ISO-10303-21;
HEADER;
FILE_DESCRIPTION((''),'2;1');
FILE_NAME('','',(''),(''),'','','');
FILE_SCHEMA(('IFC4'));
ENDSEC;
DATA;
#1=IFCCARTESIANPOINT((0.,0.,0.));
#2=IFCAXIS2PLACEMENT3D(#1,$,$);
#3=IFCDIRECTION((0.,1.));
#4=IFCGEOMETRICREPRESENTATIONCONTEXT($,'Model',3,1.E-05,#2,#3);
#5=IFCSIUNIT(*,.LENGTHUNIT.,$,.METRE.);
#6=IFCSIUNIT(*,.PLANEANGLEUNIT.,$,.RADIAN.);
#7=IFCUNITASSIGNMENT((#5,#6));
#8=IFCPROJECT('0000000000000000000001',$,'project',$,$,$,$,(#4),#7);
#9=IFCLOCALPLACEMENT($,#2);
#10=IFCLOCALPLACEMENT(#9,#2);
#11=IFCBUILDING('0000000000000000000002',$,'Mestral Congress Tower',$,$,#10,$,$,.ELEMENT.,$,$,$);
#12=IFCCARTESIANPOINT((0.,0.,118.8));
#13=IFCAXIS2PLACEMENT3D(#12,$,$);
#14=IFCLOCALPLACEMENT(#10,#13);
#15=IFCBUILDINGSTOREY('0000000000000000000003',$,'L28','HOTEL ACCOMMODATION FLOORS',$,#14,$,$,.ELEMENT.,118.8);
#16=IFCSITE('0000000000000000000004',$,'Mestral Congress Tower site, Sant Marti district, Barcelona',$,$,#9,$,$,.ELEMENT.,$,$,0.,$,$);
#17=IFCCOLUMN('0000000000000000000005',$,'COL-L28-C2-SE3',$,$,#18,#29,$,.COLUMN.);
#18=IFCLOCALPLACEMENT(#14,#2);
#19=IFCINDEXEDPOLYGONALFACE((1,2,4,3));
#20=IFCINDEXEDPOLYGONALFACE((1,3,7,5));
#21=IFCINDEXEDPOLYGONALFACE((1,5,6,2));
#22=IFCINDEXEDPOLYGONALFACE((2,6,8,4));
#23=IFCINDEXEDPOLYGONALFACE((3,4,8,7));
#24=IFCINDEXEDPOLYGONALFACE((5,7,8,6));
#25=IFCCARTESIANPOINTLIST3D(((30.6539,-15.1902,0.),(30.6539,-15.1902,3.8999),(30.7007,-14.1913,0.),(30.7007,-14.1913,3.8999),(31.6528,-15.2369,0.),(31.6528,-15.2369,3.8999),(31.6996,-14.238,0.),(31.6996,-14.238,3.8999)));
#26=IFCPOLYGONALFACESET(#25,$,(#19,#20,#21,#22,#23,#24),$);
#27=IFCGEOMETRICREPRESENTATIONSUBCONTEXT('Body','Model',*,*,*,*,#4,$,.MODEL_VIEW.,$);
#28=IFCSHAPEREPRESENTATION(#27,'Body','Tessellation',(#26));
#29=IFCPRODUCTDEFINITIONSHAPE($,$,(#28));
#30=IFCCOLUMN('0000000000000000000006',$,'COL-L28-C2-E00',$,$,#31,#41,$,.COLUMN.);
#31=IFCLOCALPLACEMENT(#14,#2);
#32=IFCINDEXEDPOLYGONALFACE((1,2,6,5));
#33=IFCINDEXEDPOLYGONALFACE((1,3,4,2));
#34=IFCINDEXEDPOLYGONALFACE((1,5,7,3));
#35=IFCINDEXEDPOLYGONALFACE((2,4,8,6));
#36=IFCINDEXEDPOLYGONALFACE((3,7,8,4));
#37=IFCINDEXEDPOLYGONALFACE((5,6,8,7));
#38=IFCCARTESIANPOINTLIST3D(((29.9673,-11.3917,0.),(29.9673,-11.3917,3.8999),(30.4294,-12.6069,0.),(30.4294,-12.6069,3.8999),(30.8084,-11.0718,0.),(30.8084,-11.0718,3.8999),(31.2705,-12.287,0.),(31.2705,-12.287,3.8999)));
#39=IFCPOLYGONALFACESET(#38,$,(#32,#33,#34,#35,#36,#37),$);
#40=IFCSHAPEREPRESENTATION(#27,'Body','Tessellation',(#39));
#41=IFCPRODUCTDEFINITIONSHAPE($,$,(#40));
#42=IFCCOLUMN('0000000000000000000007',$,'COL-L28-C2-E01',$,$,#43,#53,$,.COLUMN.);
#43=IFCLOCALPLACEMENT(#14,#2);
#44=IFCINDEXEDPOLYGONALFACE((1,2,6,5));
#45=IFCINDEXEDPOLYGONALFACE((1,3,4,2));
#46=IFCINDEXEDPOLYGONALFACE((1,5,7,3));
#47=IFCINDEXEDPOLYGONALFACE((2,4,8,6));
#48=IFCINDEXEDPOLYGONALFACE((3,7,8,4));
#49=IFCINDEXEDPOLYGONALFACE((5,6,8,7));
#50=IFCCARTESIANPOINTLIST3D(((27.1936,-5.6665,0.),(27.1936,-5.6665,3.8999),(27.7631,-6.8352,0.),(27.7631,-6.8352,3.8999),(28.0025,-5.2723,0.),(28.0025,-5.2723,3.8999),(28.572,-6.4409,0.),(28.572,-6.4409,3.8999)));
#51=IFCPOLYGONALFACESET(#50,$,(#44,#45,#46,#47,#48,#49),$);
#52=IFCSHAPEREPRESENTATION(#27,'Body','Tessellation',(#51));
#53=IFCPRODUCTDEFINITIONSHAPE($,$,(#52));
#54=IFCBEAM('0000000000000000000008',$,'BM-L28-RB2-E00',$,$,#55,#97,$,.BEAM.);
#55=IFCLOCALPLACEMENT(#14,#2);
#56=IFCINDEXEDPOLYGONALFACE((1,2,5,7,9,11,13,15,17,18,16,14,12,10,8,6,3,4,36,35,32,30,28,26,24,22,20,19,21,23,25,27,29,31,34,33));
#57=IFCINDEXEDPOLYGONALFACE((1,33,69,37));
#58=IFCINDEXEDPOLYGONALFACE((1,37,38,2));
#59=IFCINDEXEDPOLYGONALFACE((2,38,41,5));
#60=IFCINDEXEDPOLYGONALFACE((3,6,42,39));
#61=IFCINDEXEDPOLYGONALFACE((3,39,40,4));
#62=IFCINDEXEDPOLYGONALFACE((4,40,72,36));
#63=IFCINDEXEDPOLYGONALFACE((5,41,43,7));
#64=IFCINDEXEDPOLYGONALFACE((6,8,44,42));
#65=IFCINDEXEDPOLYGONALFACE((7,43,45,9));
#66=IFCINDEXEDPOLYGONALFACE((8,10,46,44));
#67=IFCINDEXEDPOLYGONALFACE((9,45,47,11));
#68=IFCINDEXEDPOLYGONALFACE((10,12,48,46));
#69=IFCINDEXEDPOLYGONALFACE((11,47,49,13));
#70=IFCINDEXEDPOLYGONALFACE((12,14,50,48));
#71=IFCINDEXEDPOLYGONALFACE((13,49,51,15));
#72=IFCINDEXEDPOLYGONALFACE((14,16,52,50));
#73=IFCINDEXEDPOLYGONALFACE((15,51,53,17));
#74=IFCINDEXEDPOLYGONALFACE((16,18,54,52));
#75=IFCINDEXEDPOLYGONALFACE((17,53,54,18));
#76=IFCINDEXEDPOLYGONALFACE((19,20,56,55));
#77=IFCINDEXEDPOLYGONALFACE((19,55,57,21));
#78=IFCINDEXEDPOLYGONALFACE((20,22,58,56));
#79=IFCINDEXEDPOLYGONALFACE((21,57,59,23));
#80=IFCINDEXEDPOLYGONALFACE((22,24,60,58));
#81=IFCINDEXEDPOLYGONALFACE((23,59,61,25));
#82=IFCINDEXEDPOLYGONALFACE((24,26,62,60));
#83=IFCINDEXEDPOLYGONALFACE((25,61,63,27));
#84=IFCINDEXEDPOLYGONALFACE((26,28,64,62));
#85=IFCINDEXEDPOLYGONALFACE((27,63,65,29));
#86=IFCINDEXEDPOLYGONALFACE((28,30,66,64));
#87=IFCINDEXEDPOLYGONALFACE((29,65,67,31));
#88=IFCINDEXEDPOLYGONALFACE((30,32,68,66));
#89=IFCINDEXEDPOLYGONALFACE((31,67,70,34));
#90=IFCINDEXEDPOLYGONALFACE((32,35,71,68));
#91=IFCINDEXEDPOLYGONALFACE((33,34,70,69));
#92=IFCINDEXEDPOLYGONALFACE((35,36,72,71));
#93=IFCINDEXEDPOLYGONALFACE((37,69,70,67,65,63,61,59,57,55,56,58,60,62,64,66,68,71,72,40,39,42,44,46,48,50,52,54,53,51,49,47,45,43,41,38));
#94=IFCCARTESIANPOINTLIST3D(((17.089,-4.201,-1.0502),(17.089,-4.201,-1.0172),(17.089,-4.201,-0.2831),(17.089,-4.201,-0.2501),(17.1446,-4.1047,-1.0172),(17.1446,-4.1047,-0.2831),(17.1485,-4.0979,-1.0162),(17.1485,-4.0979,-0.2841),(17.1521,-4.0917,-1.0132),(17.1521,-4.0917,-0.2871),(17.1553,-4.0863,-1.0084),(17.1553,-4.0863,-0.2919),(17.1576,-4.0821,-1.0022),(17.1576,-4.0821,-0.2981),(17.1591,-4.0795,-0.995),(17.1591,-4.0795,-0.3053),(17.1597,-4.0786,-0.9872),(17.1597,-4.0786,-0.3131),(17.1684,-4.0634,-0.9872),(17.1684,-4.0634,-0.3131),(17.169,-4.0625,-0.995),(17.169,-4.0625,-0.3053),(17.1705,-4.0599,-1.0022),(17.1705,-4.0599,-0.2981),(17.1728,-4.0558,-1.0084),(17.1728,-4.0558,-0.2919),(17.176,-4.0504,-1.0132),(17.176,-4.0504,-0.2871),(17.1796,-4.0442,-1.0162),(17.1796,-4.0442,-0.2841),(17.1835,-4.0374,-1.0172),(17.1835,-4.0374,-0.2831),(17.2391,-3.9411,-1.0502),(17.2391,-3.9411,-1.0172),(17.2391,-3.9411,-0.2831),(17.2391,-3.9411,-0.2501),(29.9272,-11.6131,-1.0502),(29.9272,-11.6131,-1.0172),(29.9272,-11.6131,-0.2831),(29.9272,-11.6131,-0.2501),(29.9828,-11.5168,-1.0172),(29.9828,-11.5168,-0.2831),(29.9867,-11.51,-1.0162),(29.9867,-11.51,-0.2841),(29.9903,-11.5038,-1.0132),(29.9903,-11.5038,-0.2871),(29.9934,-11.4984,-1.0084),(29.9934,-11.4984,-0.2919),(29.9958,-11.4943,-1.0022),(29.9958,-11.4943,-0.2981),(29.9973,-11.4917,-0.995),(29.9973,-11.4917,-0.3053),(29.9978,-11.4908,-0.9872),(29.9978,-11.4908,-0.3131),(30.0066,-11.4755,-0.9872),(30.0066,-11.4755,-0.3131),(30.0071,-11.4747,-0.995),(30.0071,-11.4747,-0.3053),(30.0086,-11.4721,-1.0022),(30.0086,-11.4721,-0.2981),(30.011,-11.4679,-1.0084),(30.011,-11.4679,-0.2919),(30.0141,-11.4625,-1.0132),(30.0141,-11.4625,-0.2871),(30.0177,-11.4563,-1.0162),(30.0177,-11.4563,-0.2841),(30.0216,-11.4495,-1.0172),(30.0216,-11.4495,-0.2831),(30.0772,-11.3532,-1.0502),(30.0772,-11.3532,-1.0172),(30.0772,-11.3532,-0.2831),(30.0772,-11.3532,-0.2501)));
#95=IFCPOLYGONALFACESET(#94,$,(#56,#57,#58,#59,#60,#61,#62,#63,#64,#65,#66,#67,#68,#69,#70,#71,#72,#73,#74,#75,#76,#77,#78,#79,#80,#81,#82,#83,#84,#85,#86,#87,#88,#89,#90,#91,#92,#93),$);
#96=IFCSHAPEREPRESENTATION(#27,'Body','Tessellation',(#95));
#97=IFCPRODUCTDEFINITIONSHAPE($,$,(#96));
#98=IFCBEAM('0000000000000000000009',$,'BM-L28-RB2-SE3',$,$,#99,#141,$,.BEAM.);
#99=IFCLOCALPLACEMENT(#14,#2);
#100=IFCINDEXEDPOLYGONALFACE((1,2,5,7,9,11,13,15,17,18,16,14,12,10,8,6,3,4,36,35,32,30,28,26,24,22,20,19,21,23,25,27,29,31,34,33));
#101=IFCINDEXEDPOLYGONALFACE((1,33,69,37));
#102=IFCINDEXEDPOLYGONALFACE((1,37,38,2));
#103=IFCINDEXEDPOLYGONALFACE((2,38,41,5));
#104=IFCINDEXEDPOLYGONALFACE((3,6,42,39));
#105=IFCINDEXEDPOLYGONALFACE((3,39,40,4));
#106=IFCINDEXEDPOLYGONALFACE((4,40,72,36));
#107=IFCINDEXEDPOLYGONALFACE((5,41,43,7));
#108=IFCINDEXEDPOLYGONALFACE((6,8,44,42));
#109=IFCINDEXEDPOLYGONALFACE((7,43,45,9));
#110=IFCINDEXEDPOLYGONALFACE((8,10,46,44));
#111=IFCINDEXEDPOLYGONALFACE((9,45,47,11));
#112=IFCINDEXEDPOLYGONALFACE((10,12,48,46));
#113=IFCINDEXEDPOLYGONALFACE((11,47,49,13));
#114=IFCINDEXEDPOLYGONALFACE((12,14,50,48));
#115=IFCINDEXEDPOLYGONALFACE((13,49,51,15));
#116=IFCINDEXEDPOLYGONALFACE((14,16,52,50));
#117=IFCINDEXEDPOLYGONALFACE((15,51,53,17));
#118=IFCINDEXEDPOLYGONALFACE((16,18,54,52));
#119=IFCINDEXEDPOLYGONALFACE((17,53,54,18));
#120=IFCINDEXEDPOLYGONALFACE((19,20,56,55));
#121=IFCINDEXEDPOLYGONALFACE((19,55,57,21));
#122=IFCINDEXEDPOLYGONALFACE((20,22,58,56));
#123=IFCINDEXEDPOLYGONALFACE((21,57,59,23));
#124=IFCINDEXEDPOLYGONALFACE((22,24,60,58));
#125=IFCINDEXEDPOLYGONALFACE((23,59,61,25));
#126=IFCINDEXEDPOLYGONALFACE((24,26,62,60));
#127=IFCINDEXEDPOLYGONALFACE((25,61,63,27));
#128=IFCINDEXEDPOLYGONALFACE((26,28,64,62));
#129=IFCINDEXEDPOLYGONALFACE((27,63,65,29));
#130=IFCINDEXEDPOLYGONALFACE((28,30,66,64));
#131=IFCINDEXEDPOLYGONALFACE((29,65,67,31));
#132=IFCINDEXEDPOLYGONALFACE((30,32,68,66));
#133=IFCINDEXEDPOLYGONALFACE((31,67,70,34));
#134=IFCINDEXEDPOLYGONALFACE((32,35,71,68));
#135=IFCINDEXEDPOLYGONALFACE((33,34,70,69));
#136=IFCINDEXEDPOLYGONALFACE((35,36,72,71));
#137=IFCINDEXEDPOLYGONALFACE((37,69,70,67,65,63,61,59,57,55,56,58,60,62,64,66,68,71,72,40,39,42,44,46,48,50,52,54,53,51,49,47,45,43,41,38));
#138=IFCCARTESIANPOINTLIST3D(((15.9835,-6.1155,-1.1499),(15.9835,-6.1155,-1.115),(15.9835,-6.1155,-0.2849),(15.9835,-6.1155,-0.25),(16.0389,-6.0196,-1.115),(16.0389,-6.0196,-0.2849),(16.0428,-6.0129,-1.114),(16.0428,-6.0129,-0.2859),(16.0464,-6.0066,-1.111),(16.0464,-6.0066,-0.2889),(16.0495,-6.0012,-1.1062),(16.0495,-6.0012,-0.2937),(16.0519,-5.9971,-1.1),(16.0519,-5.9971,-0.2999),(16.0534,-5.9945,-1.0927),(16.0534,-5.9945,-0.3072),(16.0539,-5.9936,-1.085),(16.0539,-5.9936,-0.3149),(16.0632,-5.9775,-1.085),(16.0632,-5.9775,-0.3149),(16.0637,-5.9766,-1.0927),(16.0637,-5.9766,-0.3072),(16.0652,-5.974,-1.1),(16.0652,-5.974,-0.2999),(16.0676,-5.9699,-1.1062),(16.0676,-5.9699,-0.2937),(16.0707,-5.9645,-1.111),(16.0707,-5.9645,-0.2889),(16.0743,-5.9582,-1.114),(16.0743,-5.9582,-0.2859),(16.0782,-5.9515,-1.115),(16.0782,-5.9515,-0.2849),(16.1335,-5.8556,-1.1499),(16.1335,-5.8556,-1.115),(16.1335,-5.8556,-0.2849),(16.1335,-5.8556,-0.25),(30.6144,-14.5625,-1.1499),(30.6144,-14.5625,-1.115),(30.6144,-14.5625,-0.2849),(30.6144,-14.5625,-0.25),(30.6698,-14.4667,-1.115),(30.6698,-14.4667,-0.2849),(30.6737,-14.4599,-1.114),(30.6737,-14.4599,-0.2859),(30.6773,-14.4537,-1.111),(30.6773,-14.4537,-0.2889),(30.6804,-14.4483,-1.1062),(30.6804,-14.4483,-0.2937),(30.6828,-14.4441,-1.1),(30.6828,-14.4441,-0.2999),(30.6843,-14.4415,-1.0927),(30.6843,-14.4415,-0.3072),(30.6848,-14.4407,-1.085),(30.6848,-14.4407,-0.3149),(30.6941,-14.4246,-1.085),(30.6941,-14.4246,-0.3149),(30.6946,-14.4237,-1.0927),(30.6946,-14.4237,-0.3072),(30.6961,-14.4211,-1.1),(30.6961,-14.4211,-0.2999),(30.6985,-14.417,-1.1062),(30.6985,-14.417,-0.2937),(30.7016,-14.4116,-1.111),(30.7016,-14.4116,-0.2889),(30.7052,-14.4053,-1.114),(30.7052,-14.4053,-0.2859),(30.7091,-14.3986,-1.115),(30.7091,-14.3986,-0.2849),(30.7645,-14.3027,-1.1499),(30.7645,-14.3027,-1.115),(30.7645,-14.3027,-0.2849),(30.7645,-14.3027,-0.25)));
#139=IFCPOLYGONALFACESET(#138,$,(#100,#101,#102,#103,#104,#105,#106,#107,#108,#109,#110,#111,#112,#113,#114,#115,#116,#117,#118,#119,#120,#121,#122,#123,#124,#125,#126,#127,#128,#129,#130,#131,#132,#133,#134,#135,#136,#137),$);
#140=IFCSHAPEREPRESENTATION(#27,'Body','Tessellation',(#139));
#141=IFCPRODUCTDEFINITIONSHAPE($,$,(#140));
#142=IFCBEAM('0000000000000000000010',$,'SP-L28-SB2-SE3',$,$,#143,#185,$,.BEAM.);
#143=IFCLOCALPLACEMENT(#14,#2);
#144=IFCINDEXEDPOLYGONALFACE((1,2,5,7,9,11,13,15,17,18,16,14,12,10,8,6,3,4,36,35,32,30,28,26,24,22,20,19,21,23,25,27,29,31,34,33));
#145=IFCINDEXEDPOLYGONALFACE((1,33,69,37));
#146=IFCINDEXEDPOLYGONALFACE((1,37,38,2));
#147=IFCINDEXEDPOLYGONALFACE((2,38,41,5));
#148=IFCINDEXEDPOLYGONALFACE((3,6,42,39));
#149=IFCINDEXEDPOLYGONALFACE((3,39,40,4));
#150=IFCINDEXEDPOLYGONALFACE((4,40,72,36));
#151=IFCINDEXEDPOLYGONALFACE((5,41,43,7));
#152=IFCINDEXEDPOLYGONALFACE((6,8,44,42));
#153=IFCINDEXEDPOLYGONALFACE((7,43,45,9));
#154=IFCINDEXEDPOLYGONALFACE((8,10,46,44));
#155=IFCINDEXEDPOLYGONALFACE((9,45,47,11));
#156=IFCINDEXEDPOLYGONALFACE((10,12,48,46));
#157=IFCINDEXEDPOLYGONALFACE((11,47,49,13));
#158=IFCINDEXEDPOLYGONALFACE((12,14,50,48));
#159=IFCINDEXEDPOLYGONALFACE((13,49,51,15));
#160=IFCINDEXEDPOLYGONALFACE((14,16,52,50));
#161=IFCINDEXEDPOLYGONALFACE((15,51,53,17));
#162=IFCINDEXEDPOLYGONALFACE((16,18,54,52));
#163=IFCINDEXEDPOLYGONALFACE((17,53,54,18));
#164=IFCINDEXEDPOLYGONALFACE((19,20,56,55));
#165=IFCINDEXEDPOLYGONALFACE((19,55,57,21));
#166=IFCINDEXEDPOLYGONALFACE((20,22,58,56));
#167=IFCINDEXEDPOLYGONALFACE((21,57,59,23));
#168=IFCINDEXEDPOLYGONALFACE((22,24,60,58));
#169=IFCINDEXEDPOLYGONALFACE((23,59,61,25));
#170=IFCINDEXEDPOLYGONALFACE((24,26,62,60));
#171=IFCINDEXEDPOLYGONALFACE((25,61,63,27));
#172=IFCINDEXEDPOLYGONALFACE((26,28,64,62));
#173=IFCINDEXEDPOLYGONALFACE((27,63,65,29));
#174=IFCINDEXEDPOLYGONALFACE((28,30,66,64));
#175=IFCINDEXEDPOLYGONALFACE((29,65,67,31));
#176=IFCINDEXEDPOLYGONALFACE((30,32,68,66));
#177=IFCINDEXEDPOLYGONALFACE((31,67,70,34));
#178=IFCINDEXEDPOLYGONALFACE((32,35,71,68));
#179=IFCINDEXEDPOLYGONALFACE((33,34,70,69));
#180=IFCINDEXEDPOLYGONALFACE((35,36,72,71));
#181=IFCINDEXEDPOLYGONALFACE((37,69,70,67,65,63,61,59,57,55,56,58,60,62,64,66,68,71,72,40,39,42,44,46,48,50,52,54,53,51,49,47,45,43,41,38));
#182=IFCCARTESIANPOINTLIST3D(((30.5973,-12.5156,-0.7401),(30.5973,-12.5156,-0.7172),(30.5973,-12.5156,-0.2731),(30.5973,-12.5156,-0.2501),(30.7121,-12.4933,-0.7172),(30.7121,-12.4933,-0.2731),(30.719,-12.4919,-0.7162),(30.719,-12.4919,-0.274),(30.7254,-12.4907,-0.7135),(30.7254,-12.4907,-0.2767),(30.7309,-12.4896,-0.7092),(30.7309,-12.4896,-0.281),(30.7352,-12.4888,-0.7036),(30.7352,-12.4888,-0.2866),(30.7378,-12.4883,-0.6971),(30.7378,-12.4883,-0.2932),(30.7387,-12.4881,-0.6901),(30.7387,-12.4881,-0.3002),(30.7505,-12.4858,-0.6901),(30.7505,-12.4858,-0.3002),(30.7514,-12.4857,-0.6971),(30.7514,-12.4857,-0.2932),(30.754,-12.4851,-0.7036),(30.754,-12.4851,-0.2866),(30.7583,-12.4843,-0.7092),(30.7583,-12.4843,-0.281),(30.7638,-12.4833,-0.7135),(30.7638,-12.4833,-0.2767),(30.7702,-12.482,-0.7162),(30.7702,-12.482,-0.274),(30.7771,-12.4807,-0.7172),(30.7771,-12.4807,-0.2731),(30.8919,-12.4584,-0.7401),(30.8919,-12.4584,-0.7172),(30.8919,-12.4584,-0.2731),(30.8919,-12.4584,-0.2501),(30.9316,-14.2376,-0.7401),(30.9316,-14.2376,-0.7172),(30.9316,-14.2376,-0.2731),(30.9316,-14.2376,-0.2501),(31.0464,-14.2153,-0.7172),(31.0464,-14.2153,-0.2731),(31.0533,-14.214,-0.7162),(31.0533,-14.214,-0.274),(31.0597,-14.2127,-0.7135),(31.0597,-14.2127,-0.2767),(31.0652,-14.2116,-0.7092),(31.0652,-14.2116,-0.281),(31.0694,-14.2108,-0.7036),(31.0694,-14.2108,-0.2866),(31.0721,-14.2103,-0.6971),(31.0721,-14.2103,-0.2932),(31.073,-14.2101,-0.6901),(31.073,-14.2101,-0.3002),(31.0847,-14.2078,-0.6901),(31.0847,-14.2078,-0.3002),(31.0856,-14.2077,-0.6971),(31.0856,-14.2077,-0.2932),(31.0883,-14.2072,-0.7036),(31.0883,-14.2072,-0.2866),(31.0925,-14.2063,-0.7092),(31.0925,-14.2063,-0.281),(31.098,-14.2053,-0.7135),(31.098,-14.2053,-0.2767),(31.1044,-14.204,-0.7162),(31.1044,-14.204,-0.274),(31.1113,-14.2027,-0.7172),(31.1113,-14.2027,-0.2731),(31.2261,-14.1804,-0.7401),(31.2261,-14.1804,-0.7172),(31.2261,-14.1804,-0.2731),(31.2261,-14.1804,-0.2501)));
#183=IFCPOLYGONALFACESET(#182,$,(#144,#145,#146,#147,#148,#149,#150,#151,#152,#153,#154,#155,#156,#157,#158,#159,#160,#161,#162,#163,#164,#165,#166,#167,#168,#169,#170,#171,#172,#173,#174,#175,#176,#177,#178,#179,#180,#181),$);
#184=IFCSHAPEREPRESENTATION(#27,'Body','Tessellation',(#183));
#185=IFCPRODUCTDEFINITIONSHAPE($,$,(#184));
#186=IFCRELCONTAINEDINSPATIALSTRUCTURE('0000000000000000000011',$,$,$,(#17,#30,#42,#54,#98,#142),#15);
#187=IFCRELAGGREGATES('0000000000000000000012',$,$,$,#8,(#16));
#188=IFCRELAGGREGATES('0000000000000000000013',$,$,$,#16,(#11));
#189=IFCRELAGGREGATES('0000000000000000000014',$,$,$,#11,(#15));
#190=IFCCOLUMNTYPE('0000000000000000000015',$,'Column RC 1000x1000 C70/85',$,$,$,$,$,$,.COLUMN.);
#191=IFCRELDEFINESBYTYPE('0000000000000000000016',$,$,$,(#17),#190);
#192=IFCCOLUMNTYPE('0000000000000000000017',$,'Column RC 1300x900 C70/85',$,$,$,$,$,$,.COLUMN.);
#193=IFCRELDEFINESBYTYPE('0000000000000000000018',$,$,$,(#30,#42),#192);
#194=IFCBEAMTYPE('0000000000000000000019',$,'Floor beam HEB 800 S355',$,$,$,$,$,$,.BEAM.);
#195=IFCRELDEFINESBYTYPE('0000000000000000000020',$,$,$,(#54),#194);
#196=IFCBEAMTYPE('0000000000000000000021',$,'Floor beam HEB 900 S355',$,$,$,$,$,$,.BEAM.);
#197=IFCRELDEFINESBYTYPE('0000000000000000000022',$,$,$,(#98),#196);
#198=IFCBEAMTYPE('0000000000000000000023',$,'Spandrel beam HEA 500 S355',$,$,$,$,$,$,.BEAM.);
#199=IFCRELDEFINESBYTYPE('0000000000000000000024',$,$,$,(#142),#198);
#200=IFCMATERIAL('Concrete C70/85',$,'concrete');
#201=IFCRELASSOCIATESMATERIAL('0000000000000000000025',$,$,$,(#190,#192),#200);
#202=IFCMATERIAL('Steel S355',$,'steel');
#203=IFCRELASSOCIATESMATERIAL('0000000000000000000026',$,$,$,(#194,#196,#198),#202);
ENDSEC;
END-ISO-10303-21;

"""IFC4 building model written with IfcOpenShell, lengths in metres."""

from ifc_helpers import new_model, si_unit, direction, frame, origin, origin_2d, place, context, subcontext, project, spatial, rectangle, i_section, extrude, material, material_profile, profile_set, type_object, element, save


model = new_model("IFC4")

# Units and contexts
model_context = context("Model", 3, precision=1e-05, world=origin(), true_north=direction((0.0, 1.0)))
body_context = subcontext(model_context, "Body", "Model", "MODEL_VIEW")
ifc_project = project(units=[si_unit("LENGTHUNIT", "METRE"), si_unit("PLANEANGLEUNIT", "RADIAN")], contexts=[model_context])

# Site, building, storey
site_placement = place(None, origin())
site = spatial("IfcSite", under=ifc_project, at=site_placement, Name="Mestral Congress Tower site, Sant Marti district, Barcelona", CompositionType="ELEMENT", RefElevation=0.0)
building_placement = place(site_placement, origin())
building = spatial("IfcBuilding", under=site, at=building_placement, Name="Mestral Congress Tower", CompositionType="ELEMENT")
storey_placement = place(building_placement, frame((0.0, 0.0, 118.8)))
storey = spatial("IfcBuildingStorey", under=building, at=storey_placement, Name="L28", Description="HOTEL ACCOMMODATION FLOORS", CompositionType="ELEMENT", Elevation=118.8)

# Columns
ifc_material_1 = material(Name="Concrete C70/85", Category="concrete")
ifc_material_profile_1 = material_profile(ifc_material_1, rectangle(XDim=1.0, YDim=1.0, at=origin_2d()), Name="RC 1000x1000")
ifc_profile_set_1 = profile_set([ifc_material_profile_1], Name="Concrete C70/85")
column_type_1 = type_object("IfcColumnType", Name="Column RC 1000x1000 C70/85", PredefinedType="COLUMN", material=ifc_profile_set_1)
column_placement = place(storey_placement, frame((31.1768, -14.7141, 0.0), z_axis=(0.0, 0.0, 1.0), x_axis=(0.046756, 0.998906, 0.0)))
element("IfcColumn", 1, at=column_placement, inside=storey, type_object=column_type_1, Name="COL-L28-C2-SE3", PredefinedType="COLUMN", context=body_context, shape_type="SweptSolid", body=[
    extrude(rectangle(XDim=1.0, YDim=1.0, at=origin_2d()), origin(), (0.0, 0.0, 1.0), 3.8999),
])
ifc_material_profile_2 = material_profile(ifc_material_1, rectangle(XDim=1.3, YDim=0.8999, at=origin_2d()), Name="RC 1300x900")
ifc_profile_set_2 = profile_set([ifc_material_profile_2], Name="Concrete C70/85")
column_type_2 = type_object("IfcColumnType", Name="Column RC 1300x900 C70/85", PredefinedType="COLUMN", material=ifc_profile_set_2)
for number, where, z_axis, x_axis, name in (
    (2, (30.6189, -11.8394, 0.0), (0.0, 0.0, 1.0), (-0.355494, 0.934679, 0.0), "COL-L28-C2-E00"),
    (3, (27.8828, -6.0537, 0.0), (0.0, 0.0, 1.0), (-0.438061, 0.898945, 0.0), "COL-L28-C2-E01"),
):
    element("IfcColumn", number, at=place(storey_placement, frame(where, z_axis=z_axis, x_axis=x_axis)), inside=storey, type_object=column_type_2, Name=name, PredefinedType="COLUMN", context=body_context, shape_type="SweptSolid", body=[
        extrude(rectangle(XDim=1.3, YDim=0.8999, at=origin_2d()), origin(), (0.0, 0.0, 1.0), 3.8999),
    ])

# Beams
ifc_material_2 = material(Name="Steel S355", Category="steel")
ifc_material_profile_3 = material_profile(ifc_material_2, i_section(OverallWidth=0.3, OverallDepth=0.8, WebThickness=0.0176, FlangeThickness=0.033, FilletRadius=0.03, at=origin_2d()), Name="HEB 800")
ifc_profile_set_3 = profile_set([ifc_material_profile_3], Name="Steel S355")
beam_type_1 = type_object("IfcBeamType", Name="Floor beam HEB 800 S355", PredefinedType="BEAM", material=ifc_profile_set_3)
beam_1_placement = place(storey_placement, frame((30.0022, -11.4832, -0.6501), z_axis=(-0.866025, 0.5, 0.0), x_axis=(-0.5, -0.866025, 0.0)))
element("IfcBeam", 4, at=beam_1_placement, inside=storey, type_object=beam_type_1, Name="BM-L28-RB2-E00", PredefinedType="BEAM", context=body_context, shape_type="SweptSolid", body=[
    extrude(i_section(OverallWidth=0.3, OverallDepth=0.8, WebThickness=0.0176, FlangeThickness=0.033, FilletRadius=0.03, at=origin_2d()), origin(), (0.0, 0.0, 1.0), 14.8242),
])
ifc_material_profile_4 = material_profile(ifc_material_2, i_section(OverallWidth=0.3, OverallDepth=0.8999, WebThickness=0.0186, FlangeThickness=0.0349, FilletRadius=0.03, at=origin_2d()), Name="HEB 900")
ifc_profile_set_4 = profile_set([ifc_material_profile_4], Name="Steel S355")
beam_type_2 = type_object("IfcBeamType", Name="Floor beam HEB 900 S355", PredefinedType="BEAM", material=ifc_profile_set_4)
beam_2_placement = place(storey_placement, frame((30.6895, -14.4326, -0.7), z_axis=(-0.866028, 0.499995, 0.0), x_axis=(-0.499995, -0.866028, 0.0)))
element("IfcBeam", 5, at=beam_2_placement, inside=storey, type_object=beam_type_2, Name="BM-L28-RB2-SE3", PredefinedType="BEAM", context=body_context, shape_type="SweptSolid", body=[
    extrude(i_section(OverallWidth=0.3, OverallDepth=0.8999, WebThickness=0.0186, FlangeThickness=0.0349, FilletRadius=0.03, at=origin_2d()), origin(), (0.0, 0.0, 1.0), 16.8943),
])
ifc_material_profile_5 = material_profile(ifc_material_2, i_section(OverallWidth=0.3, OverallDepth=0.49, WebThickness=0.012, FlangeThickness=0.0229, FilletRadius=0.0271, at=origin_2d()), Name="HEA 500")
ifc_profile_set_5 = profile_set([ifc_material_profile_5], Name="Steel S355")
beam_type_3 = type_object("IfcBeamType", Name="Spandrel beam HEA 500 S355", PredefinedType="BEAM", material=ifc_profile_set_5)
beam_3_placement = place(storey_placement, frame((31.0789, -14.209, -0.4951), z_axis=(-0.190546, 0.981678, 0.0), x_axis=(-0.981678, -0.190546, 0.0)))
element("IfcBeam", 6, at=beam_3_placement, inside=storey, type_object=beam_type_3, Name="SP-L28-SB2-SE3", PredefinedType="BEAM", context=body_context, shape_type="SweptSolid", body=[
    extrude(i_section(OverallWidth=0.3, OverallDepth=0.49, WebThickness=0.012, FlangeThickness=0.0229, FilletRadius=0.0271, at=origin_2d()), origin(), (0.0, 0.0, 1.0), 1.7542),
])

save(model, "model.ifc")
